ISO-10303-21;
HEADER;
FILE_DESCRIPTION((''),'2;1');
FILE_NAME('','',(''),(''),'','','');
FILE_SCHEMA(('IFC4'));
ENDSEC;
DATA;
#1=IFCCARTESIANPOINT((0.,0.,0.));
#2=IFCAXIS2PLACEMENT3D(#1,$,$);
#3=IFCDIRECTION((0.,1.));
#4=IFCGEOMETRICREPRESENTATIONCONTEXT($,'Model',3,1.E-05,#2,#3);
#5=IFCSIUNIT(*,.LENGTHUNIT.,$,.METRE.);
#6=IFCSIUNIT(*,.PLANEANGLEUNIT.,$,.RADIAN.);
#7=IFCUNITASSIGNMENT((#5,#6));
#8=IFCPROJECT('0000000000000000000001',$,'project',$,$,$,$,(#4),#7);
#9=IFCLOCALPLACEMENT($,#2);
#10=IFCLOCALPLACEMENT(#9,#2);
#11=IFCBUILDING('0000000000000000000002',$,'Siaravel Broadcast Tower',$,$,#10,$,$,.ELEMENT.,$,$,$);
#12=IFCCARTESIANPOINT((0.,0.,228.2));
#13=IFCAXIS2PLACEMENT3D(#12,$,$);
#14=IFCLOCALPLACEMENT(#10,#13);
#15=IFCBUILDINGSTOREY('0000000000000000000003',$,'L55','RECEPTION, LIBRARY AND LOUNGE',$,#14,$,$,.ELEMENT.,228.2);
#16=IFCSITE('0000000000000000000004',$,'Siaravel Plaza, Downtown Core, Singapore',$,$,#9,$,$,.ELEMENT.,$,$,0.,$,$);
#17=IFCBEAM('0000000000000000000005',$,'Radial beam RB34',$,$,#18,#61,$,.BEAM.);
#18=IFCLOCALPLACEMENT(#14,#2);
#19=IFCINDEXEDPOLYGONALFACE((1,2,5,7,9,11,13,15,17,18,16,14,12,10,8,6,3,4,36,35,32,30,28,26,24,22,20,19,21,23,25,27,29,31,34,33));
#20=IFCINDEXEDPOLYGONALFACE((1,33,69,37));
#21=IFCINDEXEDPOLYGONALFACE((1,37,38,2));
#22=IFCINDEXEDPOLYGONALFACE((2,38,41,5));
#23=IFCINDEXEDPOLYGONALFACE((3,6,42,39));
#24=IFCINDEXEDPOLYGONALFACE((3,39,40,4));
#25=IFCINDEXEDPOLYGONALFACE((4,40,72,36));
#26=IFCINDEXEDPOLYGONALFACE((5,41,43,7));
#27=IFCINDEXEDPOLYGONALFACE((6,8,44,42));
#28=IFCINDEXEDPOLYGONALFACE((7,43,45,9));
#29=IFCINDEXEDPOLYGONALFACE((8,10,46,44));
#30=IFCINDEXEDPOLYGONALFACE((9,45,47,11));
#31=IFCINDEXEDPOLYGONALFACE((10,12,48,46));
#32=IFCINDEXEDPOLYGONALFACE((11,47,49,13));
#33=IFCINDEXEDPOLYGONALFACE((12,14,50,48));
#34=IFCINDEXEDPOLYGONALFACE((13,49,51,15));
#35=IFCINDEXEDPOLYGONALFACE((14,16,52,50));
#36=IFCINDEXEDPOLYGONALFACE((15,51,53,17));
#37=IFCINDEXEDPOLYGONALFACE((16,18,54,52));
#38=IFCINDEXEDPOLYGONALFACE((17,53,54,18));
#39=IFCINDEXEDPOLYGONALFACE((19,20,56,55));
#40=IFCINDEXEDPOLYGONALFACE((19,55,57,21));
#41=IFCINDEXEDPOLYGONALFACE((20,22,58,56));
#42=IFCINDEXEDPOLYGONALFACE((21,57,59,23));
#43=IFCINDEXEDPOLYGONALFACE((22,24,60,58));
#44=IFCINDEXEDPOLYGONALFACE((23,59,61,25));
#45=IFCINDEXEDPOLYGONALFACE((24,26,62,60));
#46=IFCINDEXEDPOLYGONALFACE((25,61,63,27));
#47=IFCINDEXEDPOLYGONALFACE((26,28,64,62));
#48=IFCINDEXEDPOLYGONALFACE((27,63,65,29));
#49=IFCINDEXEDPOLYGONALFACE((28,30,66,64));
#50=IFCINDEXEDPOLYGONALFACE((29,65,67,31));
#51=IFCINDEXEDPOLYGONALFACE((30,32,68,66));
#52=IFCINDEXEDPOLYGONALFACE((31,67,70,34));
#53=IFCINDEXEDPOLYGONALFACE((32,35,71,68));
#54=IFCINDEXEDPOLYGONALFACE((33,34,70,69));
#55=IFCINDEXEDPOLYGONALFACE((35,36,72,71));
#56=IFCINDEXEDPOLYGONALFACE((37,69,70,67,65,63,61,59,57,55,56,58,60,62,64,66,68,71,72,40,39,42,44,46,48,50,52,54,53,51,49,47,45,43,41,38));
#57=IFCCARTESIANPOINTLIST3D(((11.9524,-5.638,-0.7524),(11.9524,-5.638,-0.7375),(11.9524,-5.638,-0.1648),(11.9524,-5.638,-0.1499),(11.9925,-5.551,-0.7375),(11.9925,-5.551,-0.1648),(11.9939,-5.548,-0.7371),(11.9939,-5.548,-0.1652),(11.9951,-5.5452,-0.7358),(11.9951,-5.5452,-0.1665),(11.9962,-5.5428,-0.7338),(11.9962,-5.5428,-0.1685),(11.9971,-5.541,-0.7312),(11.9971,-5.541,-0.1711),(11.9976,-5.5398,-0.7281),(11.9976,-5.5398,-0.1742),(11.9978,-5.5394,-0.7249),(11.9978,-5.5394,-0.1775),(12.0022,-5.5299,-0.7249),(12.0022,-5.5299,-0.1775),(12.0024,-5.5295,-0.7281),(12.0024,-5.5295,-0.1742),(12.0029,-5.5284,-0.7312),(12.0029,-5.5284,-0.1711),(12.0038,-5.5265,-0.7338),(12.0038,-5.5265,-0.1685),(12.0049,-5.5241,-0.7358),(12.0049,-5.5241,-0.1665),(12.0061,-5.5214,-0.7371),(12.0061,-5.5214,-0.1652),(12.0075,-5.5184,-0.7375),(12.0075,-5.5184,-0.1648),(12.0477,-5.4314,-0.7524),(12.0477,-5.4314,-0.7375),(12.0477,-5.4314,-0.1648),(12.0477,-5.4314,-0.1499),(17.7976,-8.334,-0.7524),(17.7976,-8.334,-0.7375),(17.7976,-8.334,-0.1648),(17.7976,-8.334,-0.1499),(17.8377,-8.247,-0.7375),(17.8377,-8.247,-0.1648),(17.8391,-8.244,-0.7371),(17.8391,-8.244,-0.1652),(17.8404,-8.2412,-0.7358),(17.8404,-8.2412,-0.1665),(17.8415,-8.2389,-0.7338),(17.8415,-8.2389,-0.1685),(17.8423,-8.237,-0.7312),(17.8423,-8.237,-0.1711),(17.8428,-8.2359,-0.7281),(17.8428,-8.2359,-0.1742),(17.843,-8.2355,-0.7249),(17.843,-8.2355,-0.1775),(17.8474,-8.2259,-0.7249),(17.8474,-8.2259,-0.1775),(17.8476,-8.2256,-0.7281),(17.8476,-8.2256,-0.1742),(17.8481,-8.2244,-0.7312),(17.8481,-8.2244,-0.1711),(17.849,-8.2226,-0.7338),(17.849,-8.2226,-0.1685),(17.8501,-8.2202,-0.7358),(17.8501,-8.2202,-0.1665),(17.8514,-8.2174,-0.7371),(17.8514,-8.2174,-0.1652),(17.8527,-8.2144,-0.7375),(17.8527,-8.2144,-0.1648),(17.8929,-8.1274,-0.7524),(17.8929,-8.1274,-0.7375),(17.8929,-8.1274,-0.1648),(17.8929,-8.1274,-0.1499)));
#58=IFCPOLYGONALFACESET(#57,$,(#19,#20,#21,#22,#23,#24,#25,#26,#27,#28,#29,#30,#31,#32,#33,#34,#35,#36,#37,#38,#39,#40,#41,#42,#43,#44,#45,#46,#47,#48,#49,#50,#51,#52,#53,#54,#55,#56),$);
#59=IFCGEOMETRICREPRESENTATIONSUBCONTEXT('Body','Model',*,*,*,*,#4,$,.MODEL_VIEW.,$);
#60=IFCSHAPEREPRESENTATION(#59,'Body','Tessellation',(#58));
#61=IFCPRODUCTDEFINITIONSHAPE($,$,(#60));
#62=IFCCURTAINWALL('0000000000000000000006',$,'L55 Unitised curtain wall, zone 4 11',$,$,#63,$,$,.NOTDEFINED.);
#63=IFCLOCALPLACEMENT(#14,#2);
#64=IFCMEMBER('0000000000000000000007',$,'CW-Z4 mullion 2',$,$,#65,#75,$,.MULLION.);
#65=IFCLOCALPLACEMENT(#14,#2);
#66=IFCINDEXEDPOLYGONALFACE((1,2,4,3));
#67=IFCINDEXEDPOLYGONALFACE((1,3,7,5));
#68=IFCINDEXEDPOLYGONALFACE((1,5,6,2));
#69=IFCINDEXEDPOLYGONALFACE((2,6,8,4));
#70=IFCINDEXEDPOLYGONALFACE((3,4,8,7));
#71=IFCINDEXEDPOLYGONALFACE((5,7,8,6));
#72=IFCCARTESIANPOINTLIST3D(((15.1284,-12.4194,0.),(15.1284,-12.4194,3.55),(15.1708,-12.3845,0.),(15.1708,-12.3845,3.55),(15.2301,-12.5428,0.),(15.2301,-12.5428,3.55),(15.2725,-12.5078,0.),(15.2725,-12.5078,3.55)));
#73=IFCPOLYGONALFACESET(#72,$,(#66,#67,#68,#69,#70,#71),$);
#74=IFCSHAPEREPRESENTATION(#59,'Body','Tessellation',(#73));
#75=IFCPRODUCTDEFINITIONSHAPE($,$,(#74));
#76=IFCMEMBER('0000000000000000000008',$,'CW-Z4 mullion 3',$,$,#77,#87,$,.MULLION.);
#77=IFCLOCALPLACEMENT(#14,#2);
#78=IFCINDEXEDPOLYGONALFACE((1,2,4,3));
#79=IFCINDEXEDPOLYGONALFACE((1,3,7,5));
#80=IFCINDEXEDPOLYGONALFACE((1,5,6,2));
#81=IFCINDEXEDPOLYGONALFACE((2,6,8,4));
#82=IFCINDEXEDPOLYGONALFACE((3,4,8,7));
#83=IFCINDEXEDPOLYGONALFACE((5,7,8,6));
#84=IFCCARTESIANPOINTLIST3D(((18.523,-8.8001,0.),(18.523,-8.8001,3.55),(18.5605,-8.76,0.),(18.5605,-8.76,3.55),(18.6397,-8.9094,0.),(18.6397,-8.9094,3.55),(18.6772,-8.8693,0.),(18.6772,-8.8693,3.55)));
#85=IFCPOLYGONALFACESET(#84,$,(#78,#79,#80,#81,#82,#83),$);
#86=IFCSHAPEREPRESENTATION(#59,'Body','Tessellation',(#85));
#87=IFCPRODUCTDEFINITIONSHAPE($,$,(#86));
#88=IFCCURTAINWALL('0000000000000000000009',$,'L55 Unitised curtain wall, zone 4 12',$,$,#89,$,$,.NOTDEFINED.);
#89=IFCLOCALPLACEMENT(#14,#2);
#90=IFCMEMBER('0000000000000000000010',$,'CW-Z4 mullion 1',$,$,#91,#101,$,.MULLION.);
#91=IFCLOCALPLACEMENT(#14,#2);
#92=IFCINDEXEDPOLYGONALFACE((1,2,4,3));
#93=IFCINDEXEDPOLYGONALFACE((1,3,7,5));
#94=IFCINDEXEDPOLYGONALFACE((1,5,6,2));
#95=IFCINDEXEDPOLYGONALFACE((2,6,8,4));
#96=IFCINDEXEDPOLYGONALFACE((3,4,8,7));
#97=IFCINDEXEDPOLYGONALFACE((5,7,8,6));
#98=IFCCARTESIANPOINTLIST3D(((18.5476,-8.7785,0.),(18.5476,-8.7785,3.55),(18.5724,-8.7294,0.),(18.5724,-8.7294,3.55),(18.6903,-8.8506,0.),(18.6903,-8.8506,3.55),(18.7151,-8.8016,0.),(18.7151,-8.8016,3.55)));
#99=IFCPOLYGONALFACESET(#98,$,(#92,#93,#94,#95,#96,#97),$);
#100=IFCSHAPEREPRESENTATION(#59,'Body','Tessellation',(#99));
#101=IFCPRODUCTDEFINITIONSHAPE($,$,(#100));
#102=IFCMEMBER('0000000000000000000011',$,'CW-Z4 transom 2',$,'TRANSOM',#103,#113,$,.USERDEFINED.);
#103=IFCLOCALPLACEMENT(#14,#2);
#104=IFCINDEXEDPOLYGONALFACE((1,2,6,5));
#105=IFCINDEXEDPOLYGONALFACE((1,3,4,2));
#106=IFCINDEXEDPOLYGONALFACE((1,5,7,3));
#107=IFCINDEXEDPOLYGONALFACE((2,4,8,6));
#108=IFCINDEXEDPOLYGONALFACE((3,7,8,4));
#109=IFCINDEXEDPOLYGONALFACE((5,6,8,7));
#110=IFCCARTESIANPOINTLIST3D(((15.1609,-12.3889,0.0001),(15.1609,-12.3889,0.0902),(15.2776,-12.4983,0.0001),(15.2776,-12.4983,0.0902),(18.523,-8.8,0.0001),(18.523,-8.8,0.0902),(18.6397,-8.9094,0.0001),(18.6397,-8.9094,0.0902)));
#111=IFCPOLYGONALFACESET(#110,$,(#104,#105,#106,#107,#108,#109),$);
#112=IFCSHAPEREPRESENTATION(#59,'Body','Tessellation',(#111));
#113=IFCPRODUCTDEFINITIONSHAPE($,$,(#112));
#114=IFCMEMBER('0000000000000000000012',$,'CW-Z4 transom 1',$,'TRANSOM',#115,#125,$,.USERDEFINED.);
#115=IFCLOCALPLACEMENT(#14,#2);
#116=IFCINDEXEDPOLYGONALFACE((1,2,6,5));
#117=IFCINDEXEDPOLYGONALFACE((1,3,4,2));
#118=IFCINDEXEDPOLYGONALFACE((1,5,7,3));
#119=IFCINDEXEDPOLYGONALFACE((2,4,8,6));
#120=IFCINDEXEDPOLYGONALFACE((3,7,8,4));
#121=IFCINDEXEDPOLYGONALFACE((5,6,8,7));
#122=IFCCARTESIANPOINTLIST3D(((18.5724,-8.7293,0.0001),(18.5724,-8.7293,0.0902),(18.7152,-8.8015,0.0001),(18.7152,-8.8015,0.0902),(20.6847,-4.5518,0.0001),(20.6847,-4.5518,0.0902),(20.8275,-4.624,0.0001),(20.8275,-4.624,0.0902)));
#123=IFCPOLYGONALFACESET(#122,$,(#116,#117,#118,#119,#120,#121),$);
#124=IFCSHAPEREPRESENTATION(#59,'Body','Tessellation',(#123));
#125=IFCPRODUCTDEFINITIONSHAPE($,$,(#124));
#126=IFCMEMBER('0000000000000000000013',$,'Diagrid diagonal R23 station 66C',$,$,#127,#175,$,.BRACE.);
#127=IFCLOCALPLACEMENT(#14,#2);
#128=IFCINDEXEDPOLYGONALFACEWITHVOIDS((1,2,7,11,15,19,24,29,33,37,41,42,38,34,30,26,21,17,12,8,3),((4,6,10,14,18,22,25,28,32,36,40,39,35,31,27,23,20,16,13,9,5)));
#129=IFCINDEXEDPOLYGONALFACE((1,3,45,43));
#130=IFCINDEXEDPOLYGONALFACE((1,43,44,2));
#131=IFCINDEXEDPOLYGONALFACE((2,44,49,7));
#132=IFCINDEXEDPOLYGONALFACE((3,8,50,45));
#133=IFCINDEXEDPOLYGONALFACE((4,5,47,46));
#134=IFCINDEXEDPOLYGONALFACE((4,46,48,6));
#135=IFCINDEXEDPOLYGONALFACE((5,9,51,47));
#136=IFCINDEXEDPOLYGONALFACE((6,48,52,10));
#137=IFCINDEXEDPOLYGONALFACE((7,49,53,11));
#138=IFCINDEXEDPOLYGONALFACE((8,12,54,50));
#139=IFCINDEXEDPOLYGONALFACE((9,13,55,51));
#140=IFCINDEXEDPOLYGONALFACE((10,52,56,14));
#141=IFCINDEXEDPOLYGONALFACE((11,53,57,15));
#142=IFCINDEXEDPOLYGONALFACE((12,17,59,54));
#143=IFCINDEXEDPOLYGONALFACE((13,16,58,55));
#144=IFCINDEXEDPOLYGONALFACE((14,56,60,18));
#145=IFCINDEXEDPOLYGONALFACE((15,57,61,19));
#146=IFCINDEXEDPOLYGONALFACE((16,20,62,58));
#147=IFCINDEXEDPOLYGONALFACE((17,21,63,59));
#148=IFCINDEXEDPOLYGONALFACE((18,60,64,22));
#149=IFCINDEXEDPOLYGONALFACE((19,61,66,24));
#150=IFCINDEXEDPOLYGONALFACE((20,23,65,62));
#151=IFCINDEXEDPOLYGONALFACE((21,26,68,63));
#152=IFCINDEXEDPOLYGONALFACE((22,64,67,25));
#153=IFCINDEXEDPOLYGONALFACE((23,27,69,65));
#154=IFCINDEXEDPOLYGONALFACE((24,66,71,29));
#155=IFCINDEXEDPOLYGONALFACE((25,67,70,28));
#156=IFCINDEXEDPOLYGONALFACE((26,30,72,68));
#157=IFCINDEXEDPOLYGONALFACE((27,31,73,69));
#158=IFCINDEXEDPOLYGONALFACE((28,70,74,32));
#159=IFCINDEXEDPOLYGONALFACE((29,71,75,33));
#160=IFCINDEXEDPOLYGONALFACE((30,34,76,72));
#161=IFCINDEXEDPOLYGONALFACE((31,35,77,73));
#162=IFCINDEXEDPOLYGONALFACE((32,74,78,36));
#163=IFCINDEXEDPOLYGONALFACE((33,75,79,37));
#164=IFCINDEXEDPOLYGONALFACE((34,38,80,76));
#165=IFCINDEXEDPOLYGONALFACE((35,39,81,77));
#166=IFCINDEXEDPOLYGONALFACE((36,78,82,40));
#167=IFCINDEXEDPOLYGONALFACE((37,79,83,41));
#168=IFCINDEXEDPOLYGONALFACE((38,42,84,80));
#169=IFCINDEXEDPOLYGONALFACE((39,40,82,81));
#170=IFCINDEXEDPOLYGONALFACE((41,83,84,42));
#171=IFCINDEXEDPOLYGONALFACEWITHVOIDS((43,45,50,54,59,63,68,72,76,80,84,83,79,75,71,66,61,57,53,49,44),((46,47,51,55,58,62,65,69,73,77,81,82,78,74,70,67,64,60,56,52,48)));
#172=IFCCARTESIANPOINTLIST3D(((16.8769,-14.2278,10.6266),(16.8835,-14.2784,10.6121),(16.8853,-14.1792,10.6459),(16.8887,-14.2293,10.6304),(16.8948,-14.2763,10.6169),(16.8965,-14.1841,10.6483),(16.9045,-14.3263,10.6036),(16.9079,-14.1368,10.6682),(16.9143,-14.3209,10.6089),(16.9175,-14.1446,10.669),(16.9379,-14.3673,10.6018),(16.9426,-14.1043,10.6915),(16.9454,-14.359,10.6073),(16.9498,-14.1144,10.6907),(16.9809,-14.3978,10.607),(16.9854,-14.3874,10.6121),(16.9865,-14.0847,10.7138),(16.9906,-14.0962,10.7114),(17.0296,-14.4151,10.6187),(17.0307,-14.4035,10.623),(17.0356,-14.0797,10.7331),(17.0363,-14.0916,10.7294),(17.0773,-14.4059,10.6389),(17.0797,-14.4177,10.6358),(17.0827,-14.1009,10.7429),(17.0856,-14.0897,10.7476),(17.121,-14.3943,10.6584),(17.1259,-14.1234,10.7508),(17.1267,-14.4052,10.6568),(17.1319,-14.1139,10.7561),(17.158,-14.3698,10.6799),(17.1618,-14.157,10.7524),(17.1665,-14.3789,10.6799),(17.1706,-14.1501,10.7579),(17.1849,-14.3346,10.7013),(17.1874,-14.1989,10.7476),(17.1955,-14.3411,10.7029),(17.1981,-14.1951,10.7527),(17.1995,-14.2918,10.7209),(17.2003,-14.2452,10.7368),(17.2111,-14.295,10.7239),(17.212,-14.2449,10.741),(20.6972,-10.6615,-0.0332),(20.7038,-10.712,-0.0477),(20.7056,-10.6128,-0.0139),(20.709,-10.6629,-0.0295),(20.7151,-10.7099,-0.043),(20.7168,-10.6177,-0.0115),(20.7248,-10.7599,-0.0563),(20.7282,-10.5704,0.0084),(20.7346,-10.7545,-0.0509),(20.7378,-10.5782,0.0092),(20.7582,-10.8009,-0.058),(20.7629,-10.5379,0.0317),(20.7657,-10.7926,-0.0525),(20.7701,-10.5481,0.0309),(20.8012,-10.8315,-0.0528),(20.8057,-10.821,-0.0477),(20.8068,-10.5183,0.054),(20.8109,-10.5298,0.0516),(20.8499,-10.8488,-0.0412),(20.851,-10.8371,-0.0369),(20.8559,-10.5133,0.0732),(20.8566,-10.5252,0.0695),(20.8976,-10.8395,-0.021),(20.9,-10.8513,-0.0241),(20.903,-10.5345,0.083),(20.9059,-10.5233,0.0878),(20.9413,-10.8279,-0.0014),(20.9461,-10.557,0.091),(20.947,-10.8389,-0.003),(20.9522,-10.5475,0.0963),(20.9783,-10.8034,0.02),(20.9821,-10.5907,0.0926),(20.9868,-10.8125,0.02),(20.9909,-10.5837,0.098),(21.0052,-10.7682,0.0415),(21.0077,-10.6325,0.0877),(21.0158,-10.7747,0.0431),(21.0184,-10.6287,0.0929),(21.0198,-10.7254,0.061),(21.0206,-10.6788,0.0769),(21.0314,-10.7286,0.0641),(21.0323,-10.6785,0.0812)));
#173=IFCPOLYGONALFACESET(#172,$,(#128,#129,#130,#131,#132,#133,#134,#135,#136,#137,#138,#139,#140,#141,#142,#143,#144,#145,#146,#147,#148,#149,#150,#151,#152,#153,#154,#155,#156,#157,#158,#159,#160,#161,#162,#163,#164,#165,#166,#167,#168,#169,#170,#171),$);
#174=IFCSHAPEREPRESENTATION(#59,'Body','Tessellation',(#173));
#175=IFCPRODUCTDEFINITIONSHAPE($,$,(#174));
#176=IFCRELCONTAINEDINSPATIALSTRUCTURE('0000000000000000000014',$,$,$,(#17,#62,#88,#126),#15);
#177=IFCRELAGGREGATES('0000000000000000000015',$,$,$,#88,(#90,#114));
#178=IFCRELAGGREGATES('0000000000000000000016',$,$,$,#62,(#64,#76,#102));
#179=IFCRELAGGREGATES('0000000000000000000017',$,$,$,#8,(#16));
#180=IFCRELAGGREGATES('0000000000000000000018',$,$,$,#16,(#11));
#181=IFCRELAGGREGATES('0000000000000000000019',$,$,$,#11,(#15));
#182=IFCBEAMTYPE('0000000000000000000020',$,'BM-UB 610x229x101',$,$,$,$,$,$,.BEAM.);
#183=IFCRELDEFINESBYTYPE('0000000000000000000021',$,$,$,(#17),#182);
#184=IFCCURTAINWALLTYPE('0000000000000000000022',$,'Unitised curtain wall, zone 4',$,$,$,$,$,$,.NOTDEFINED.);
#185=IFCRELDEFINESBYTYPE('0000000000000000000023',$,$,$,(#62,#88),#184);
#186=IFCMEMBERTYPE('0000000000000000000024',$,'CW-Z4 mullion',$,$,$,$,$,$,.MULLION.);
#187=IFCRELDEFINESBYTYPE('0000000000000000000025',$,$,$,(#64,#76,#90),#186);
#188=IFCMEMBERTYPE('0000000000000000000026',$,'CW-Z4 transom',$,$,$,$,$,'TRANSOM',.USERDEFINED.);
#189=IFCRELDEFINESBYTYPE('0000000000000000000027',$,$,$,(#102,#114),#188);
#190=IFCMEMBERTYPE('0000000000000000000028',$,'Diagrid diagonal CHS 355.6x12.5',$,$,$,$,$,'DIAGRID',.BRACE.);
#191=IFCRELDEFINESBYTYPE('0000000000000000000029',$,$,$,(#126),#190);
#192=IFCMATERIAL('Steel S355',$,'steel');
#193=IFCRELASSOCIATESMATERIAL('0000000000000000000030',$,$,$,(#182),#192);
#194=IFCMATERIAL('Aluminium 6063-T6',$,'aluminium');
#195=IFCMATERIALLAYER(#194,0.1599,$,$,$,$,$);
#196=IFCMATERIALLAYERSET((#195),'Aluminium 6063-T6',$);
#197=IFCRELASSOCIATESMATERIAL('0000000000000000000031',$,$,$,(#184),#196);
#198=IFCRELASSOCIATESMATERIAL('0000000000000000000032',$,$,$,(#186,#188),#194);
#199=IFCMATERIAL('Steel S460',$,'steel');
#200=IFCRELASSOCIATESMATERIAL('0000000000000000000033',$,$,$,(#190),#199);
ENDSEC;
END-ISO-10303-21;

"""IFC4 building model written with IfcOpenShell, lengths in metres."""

from ifc_helpers import new_model, si_unit, direction, frame, origin, origin_2d, place, context, subcontext, project, spatial, rectangle, hollow_circle, i_section, extrude, material, layer, layer_set, material_profile, profile_set, type_object, element, aggregate, save


model = new_model("IFC4")

# Units and contexts
model_context = context("Model", 3, precision=1e-05, world=origin(), true_north=direction((0.0, 1.0)))
body_context = subcontext(model_context, "Body", "Model", "MODEL_VIEW")
ifc_project = project(units=[si_unit("LENGTHUNIT", "METRE"), si_unit("PLANEANGLEUNIT", "RADIAN")], contexts=[model_context])

# Site, building, storey
site_placement = place(None, origin())
site = spatial("IfcSite", under=ifc_project, at=site_placement, Name="Siaravel Plaza, Downtown Core, Singapore", CompositionType="ELEMENT", RefElevation=0.0)
building_placement = place(site_placement, origin())
building = spatial("IfcBuilding", under=site, at=building_placement, Name="Siaravel Broadcast Tower", CompositionType="ELEMENT")
storey_placement = place(building_placement, frame((0.0, 0.0, 228.2)))
storey = spatial("IfcBuildingStorey", under=building, at=storey_placement, Name="L55", Description="RECEPTION, LIBRARY AND LOUNGE", CompositionType="ELEMENT", Elevation=228.2)

# Beam
ifc_material_1 = material(Name="Steel S355", Category="steel")
ifc_material_profile_1 = material_profile(ifc_material_1, i_section(OverallWidth=0.2275, OverallDepth=0.6025, WebThickness=0.0105, FlangeThickness=0.0149, FilletRadius=0.0127, at=origin_2d()))
ifc_profile_set_1 = profile_set([ifc_material_profile_1], Name="Steel S355")
beam_type = type_object("IfcBeamType", Name="BM-UB 610x229x101", PredefinedType="BEAM", material=ifc_profile_set_1)
beam_1_placement = place(storey_placement, frame((17.8452, -8.2307, -0.4512), z_axis=(-0.908063, 0.418834, 0.0), x_axis=(-0.418834, -0.908063, 0.0)))
element("IfcBeam", 1, at=beam_1_placement, inside=storey, type_object=beam_type, Name="Radial beam RB34", PredefinedType="BEAM", context=body_context, shape_type="SweptSolid", body=[
    extrude(i_section(OverallWidth=0.2275, OverallDepth=0.6025, WebThickness=0.0105, FlangeThickness=0.0149, FilletRadius=0.0127, at=origin_2d()), origin(), (0.0, 0.0, 1.0), 6.437),
])

# Curtain wall, members
ifc_material_2 = material(Name="Aluminium 6063-T6", Category="aluminium")
ifc_layer_1 = layer(ifc_material_2, 0.1599)
ifc_layer_set_1 = layer_set([ifc_layer_1], Name="Aluminium 6063-T6")
curtain_wall_type = type_object("IfcCurtainWallType", Name="Unitised curtain wall, zone 4", PredefinedType="NOTDEFINED", material=ifc_layer_set_1)
curtain_wall_1_placement = place(storey_placement, origin())
curtain_wall_1 = element("IfcCurtainWall", 2, at=curtain_wall_1_placement, inside=storey, type_object=curtain_wall_type, Name="L55 Unitised curtain wall, zone 4 11", PredefinedType="NOTDEFINED")
ifc_material_profile_2 = material_profile(ifc_material_2, rectangle(XDim=0.1599, YDim=0.0549, at=origin_2d()))
ifc_profile_set_2 = profile_set([ifc_material_profile_2], Name="Aluminium 6063-T6")
member_type_1 = type_object("IfcMemberType", Name="CW-Z4 mullion", PredefinedType="MULLION", material=ifc_profile_set_2)
member_1_placement = place(storey_placement, frame((15.2004, -12.4636, 0.0), z_axis=(0.0, 0.0, 1.0), x_axis=(-0.63622, 0.771508, 0.0)))
member_1 = element("IfcMember", 3, at=member_1_placement, type_object=member_type_1, Name="CW-Z4 mullion 2", PredefinedType="MULLION", context=body_context, shape_type="SweptSolid", body=[
    extrude(rectangle(XDim=0.1599, YDim=0.0549, at=origin_2d()), origin(), (0.0, 0.0, 1.0), 3.55),
])
member_2_placement = place(storey_placement, frame((18.6001, -8.8347, 0.0), z_axis=(0.0, 0.0, 1.0), x_axis=(-0.729806, 0.683654, 0.0)))
member_2 = element("IfcMember", 4, at=member_2_placement, type_object=member_type_1, Name="CW-Z4 mullion 3", PredefinedType="MULLION", context=body_context, shape_type="SweptSolid", body=[
    extrude(rectangle(XDim=0.1599, YDim=0.0549, at=origin_2d()), origin(), (0.0, 0.0, 1.0), 3.55),
])

# Curtain wall, member
curtain_wall_2_placement = place(storey_placement, origin())
curtain_wall_2 = element("IfcCurtainWall", 5, at=curtain_wall_2_placement, inside=storey, type_object=curtain_wall_type, Name="L55 Unitised curtain wall, zone 4 12", PredefinedType="NOTDEFINED")
member_3_placement = place(storey_placement, frame((18.6313, -8.79, 0.0), z_axis=(0.0, 0.0, 1.0), x_axis=(-0.892393, 0.451259, 0.0)))
member_3 = element("IfcMember", 6, at=member_3_placement, type_object=member_type_1, Name="CW-Z4 mullion 1", PredefinedType="MULLION", context=body_context, shape_type="SweptSolid", body=[
    extrude(rectangle(XDim=0.1599, YDim=0.0549, at=origin_2d()), origin(), (0.0, 0.0, 1.0), 3.55),
])

# Members
ifc_material_profile_3 = material_profile(ifc_material_2, rectangle(XDim=0.1599, YDim=0.0901, at=origin_2d()))
ifc_profile_set_3 = profile_set([ifc_material_profile_3], Name="Aluminium 6063-T6")
member_type_2 = type_object("IfcMemberType", Name="CW-Z4 transom", ElementType="TRANSOM", PredefinedType="USERDEFINED", material=ifc_profile_set_3)
member_4_placement = place(storey_placement, frame((15.2192, -12.4436, 0.0452), z_axis=(0.68367, 0.729791, 0.0), x_axis=(-0.729791, 0.68367, 0.0)))
member_4 = element("IfcMember", 7, at=member_4_placement, type_object=member_type_2, Name="CW-Z4 transom 2", ObjectType="TRANSOM", PredefinedType="USERDEFINED", context=body_context, shape_type="SweptSolid", body=[
    extrude(rectangle(XDim=0.1599, YDim=0.0901, at=origin_2d()), origin(), (0.0, 0.0, 1.0), 4.9177),
])
member_5_placement = place(storey_placement, frame((18.6438, -8.7654, 0.0452), z_axis=(0.451235, 0.892405, 0.0), x_axis=(-0.892405, 0.451235, 0.0)))
member_5 = element("IfcMember", 8, at=member_5_placement, type_object=member_type_2, Name="CW-Z4 transom 1", ObjectType="TRANSOM", PredefinedType="USERDEFINED", context=body_context, shape_type="SweptSolid", body=[
    extrude(rectangle(XDim=0.1599, YDim=0.0901, at=origin_2d()), origin(), (0.0, 0.0, 1.0), 4.6812),
])
aggregate(curtain_wall_2, [member_3, member_5])

# Member
ifc_material_3 = material(Name="Steel S460", Category="steel")
ifc_material_profile_4 = material_profile(ifc_material_3, hollow_circle(Radius=0.1777, WallThickness=0.0125, at=origin_2d()))
ifc_profile_set_4 = profile_set([ifc_material_profile_4], Name="Steel S460")
member_type_3 = type_object("IfcMemberType", Name="Diagrid diagonal CHS 355.6x12.5", ElementType="DIAGRID", PredefinedType="BRACE", material=ifc_profile_set_4)
member_6_placement = place(storey_placement, frame((20.8655, -10.6826, 0.02), z_axis=(-0.321788, -0.300401, 0.897893), x_axis=(0.682398, -0.730981, 0.0)))
element("IfcMember", 9, at=member_6_placement, inside=storey, type_object=member_type_3, Name="Diagrid diagonal R23 station 66C", PredefinedType="BRACE", context=body_context, shape_type="SweptSolid", body=[
    extrude(hollow_circle(Radius=0.1777, WallThickness=0.0125, at=origin_2d()), origin(), (0.0, 0.0, 1.0), 11.8721),
])

aggregate(curtain_wall_1, [member_1, member_2, member_4])

save(model, "model.ifc")
